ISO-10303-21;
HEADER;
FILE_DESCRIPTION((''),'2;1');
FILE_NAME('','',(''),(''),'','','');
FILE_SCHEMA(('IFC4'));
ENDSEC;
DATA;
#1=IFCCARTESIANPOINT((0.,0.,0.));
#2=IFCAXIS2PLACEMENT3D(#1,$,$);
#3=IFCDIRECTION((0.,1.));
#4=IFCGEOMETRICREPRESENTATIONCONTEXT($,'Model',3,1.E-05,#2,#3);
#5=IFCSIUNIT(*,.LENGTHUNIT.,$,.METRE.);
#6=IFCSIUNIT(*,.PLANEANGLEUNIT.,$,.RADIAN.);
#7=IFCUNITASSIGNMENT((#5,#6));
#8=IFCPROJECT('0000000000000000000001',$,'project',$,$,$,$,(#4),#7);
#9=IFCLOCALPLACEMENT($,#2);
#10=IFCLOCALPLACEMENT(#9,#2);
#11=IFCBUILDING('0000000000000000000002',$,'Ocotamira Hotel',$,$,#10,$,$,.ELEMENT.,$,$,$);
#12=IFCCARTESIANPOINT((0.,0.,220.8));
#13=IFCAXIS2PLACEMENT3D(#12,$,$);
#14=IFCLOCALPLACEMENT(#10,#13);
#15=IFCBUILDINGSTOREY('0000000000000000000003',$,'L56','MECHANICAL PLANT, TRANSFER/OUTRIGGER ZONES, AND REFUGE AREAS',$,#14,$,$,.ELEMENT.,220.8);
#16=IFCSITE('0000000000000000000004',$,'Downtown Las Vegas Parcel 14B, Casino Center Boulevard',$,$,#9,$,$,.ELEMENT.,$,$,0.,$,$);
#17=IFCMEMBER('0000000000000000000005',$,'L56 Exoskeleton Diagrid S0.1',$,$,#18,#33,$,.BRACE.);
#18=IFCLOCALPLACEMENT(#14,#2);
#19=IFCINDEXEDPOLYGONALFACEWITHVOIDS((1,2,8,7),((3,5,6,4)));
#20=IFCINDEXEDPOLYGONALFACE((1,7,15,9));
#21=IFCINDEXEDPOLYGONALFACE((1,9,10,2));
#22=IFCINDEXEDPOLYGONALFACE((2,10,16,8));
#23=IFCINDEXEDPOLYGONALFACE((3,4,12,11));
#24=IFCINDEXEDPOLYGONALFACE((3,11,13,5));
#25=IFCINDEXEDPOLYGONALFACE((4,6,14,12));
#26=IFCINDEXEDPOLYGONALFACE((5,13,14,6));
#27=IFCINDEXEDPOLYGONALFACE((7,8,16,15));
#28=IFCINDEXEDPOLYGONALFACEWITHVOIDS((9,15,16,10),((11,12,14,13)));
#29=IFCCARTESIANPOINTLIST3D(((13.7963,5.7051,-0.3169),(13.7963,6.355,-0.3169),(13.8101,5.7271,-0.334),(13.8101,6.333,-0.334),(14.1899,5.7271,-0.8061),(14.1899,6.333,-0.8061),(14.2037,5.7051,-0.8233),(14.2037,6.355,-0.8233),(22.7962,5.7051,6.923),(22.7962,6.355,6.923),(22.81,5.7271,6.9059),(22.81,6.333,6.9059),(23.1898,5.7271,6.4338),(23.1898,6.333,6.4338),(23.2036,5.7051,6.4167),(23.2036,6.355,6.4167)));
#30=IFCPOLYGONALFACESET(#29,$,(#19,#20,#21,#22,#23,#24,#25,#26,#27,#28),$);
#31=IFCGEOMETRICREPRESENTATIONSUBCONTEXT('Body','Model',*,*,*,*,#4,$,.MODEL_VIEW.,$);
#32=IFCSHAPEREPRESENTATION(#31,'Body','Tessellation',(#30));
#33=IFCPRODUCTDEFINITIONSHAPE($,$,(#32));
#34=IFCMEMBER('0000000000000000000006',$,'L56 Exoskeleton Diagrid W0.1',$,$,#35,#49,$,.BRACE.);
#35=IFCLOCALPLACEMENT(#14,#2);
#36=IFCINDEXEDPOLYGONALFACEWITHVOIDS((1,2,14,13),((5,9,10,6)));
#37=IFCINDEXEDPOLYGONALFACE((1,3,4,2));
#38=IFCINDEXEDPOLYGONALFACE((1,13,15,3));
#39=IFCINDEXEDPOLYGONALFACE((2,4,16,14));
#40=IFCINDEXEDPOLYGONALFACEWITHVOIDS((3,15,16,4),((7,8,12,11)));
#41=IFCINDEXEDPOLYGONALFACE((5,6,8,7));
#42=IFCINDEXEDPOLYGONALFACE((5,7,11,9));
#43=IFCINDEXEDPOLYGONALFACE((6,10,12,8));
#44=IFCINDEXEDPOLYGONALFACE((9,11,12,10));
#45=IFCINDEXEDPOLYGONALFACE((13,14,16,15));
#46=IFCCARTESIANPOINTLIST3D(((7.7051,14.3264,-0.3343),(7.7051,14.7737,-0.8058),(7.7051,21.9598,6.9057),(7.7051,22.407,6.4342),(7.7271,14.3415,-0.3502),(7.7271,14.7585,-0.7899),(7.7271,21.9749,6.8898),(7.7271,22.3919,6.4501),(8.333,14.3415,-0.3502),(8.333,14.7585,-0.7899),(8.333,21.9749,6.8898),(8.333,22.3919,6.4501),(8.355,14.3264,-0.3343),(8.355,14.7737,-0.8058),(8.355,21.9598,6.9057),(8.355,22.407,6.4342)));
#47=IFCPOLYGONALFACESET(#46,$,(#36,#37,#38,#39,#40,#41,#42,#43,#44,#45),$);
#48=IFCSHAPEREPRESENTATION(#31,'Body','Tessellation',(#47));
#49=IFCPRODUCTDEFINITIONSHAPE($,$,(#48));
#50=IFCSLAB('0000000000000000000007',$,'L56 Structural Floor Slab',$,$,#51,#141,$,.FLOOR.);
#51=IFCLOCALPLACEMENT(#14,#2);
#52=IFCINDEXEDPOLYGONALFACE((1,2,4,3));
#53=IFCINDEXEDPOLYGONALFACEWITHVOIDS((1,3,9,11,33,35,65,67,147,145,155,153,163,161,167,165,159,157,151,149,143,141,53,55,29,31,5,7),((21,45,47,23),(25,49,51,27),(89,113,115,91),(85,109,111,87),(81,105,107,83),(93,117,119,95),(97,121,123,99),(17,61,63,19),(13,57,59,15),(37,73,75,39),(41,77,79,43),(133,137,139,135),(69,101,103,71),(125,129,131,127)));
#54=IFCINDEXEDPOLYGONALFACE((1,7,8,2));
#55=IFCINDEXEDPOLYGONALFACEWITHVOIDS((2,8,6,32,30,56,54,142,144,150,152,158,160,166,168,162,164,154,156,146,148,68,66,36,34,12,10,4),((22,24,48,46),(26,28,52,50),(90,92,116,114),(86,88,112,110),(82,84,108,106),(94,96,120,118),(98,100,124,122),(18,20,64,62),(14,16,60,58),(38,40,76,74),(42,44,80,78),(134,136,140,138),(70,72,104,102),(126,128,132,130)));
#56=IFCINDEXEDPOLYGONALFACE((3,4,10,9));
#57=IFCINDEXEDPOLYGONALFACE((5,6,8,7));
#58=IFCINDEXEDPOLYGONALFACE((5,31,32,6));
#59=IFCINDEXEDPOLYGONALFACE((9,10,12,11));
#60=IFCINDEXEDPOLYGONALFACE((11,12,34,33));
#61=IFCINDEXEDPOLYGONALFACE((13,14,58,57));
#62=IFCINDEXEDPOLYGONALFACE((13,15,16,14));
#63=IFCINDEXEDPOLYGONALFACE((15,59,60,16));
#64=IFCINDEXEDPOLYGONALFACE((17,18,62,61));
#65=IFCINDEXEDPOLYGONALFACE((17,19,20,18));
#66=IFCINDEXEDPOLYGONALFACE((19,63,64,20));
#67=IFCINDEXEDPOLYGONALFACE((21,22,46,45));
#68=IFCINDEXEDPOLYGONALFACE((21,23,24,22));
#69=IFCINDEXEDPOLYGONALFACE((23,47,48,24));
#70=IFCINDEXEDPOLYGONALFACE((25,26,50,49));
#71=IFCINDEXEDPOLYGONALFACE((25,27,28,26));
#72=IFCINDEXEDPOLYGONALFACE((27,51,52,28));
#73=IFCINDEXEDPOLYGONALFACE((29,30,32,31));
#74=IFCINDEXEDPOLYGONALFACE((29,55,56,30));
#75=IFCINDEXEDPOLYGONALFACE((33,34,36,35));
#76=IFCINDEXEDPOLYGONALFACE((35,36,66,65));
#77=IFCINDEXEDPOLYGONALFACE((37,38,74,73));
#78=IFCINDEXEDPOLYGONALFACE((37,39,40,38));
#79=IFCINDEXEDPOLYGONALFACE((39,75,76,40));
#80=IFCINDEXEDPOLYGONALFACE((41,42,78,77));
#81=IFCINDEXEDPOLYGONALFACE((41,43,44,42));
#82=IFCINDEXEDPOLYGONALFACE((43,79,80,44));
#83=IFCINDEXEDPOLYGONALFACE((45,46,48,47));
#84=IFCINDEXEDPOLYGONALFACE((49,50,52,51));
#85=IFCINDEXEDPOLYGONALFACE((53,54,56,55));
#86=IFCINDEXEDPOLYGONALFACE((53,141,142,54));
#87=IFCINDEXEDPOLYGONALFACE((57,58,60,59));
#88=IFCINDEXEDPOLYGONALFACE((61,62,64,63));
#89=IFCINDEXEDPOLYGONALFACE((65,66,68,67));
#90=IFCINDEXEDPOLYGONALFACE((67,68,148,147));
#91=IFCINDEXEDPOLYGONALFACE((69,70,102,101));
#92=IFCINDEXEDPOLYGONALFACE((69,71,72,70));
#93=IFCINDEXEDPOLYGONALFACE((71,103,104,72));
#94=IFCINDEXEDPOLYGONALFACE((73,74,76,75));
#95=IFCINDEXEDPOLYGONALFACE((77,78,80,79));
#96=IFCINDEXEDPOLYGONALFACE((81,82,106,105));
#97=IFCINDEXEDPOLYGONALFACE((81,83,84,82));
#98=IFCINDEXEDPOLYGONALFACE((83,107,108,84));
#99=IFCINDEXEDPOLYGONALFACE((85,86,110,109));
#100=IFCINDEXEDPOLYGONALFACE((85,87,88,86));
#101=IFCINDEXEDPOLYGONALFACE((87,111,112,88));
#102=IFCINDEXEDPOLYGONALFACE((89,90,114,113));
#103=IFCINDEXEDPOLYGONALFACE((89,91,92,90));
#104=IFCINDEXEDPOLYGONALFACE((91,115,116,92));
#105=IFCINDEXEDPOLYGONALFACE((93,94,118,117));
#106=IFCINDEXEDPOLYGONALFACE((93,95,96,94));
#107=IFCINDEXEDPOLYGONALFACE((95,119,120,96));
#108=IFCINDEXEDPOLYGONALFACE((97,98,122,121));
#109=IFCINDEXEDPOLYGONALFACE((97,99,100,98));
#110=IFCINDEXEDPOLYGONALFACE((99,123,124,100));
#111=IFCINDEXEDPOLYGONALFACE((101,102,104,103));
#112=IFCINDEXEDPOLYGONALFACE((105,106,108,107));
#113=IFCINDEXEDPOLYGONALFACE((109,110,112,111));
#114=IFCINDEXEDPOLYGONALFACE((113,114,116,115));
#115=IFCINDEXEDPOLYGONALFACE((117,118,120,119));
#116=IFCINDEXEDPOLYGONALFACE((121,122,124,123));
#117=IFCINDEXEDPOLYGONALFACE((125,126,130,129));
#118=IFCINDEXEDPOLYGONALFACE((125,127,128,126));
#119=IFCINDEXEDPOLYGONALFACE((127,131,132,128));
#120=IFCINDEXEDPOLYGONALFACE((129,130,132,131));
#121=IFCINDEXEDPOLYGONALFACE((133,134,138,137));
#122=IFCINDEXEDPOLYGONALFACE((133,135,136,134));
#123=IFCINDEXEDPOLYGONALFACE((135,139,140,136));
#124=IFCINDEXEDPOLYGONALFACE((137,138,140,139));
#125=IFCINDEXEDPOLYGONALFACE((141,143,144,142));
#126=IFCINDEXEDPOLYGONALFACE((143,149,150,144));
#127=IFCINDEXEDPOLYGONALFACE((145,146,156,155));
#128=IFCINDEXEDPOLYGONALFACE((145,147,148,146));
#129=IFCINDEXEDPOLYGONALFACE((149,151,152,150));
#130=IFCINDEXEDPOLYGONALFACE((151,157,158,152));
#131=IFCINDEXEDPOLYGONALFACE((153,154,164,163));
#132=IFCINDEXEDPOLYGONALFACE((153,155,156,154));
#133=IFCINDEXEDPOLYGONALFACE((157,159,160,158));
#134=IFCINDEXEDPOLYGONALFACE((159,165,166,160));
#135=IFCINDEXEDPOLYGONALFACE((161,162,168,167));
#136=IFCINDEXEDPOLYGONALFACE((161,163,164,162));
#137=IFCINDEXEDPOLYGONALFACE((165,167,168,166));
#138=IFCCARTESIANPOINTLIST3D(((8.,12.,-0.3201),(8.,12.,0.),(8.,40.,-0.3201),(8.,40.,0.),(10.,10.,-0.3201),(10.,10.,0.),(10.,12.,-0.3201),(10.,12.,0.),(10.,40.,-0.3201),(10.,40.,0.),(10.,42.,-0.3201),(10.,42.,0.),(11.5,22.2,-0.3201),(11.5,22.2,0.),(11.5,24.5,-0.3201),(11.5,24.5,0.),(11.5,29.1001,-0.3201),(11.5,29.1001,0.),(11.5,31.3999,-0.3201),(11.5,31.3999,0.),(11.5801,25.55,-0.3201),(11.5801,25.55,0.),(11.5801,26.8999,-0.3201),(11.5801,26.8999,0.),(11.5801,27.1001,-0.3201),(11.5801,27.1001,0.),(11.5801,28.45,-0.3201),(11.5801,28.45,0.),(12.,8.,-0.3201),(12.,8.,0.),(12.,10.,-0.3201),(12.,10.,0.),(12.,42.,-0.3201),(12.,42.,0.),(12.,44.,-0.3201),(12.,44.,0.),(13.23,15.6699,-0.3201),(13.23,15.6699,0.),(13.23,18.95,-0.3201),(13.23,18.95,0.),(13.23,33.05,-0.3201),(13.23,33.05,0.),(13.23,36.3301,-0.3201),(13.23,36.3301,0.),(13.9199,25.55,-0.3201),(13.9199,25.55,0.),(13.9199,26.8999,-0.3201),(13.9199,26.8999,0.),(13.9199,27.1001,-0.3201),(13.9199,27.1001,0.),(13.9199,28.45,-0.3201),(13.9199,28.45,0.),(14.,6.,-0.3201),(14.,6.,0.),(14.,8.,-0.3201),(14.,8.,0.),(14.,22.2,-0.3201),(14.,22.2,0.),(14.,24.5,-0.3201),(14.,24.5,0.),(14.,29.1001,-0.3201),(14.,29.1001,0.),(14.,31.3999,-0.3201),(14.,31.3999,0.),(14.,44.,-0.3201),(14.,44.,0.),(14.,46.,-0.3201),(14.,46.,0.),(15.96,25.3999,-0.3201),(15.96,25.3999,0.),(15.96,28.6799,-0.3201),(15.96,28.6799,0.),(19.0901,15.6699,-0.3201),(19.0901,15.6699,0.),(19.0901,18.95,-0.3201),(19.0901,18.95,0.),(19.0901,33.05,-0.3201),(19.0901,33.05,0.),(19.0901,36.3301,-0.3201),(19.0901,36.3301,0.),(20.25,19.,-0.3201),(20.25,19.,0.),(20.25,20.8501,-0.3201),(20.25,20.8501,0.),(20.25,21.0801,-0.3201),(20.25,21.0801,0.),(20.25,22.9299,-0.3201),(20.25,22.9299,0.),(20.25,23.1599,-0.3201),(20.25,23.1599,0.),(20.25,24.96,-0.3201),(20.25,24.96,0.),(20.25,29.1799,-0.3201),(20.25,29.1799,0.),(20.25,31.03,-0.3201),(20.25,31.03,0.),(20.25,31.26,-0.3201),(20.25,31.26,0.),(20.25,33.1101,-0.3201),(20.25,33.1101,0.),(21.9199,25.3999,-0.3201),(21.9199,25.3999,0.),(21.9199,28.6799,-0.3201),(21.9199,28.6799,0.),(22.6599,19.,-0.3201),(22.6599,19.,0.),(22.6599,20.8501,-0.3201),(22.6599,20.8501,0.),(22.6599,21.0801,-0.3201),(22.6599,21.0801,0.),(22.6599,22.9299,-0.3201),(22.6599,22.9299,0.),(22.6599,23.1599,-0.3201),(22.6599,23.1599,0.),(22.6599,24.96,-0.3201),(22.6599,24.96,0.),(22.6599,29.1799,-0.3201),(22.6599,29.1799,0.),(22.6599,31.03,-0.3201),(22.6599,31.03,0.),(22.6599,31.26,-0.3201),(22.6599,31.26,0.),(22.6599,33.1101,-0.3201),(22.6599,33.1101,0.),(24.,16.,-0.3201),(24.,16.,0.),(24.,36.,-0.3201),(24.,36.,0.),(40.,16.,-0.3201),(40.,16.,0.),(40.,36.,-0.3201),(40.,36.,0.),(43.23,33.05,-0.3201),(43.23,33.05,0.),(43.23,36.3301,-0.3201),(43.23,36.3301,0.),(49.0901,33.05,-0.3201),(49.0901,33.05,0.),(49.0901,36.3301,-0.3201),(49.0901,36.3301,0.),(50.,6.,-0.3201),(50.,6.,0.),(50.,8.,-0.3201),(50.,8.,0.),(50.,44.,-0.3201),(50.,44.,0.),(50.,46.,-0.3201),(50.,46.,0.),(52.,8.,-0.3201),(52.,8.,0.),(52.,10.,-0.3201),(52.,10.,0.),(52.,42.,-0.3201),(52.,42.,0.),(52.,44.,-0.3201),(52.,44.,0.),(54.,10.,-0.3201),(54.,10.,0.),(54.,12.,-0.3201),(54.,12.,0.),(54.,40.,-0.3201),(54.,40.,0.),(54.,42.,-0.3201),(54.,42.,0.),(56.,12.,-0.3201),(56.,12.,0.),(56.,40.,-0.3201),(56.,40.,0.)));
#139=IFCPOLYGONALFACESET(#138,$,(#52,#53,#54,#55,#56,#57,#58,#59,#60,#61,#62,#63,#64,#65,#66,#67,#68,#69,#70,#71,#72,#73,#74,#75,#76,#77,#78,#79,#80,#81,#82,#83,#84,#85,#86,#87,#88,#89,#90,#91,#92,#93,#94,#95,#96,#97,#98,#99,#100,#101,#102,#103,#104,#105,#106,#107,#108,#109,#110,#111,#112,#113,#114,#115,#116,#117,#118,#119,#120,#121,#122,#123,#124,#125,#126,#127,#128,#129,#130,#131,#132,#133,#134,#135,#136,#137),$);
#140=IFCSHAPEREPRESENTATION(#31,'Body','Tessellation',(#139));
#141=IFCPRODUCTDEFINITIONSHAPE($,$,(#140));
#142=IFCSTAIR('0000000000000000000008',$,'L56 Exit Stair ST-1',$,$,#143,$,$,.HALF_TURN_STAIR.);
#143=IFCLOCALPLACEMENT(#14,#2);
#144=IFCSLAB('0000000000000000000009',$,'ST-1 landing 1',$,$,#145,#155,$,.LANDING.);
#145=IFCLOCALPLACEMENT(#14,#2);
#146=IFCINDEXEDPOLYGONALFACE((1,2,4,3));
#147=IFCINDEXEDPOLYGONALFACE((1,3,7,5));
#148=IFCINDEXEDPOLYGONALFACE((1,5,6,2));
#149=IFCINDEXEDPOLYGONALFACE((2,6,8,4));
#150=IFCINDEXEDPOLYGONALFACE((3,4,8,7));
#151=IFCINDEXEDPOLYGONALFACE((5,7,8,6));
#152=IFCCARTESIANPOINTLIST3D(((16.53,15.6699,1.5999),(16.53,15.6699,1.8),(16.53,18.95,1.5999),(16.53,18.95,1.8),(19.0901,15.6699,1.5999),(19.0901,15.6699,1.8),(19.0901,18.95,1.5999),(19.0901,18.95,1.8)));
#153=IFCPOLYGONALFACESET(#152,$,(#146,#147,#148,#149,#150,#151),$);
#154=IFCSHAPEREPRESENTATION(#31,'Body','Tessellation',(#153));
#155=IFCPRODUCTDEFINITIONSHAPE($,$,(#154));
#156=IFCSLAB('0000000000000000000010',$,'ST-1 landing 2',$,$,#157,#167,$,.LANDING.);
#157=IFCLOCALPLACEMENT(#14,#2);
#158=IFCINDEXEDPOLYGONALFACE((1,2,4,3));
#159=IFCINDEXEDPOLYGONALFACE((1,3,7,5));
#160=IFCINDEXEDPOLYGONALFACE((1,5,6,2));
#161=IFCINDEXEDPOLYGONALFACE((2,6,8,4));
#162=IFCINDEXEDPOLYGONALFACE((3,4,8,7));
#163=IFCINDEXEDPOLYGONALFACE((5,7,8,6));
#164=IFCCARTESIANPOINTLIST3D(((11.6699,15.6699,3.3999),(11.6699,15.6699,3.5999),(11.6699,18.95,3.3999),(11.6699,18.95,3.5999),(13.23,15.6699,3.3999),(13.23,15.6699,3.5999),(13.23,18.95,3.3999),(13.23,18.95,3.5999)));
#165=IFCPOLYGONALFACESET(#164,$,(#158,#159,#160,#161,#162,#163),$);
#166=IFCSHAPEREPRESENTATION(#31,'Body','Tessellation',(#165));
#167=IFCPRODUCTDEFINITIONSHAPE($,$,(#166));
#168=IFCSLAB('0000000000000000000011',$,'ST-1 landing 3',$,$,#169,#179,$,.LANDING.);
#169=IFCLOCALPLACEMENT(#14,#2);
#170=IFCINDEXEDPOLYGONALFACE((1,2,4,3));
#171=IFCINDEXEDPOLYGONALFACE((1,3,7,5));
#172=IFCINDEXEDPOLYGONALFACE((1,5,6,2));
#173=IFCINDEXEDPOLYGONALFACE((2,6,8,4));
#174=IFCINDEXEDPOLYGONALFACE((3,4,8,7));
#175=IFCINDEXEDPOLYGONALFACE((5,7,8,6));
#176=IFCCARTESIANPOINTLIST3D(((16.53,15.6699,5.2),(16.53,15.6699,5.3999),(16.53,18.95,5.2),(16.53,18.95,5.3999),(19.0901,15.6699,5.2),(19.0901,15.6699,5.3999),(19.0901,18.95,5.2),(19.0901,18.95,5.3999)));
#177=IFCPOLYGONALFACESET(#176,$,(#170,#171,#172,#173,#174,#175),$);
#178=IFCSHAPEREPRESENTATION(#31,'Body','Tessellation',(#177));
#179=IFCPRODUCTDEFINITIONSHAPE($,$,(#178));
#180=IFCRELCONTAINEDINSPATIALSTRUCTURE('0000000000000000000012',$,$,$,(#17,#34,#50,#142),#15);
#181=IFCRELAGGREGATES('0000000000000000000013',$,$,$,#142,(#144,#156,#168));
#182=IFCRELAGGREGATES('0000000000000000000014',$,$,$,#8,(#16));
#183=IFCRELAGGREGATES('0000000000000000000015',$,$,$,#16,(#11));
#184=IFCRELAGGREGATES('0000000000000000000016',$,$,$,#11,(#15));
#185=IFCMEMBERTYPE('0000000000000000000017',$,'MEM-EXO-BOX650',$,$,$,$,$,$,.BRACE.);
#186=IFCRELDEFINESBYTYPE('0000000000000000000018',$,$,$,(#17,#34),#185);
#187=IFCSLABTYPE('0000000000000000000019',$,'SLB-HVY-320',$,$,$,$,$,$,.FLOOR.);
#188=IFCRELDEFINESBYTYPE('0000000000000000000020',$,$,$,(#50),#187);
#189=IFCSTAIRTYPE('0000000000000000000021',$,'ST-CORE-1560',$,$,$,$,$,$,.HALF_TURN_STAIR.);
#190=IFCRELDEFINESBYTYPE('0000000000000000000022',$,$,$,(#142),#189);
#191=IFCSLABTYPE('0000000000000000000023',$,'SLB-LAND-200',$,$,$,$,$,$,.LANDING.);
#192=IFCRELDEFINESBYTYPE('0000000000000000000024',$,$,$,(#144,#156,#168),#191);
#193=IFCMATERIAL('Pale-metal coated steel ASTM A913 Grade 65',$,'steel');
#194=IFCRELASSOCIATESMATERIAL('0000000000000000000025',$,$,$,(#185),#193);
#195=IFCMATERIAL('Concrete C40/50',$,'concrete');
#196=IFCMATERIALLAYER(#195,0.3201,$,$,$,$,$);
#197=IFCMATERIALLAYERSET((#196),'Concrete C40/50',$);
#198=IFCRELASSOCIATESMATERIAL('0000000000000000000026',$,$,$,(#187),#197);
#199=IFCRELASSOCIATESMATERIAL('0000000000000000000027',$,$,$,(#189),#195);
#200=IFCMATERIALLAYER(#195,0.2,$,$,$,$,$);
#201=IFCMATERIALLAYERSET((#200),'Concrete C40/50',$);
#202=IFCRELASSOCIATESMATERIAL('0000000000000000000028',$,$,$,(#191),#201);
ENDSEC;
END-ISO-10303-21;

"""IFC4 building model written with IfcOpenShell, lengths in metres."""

from ifc_helpers import new_model, si_unit, direction, frame, origin, origin_2d, place, context, subcontext, project, spatial, polyline, hollow_rectangle, outline, extrude, source, transform, mapped, material, layer, layer_set, material_profile, profile_set, type_object, element, aggregate, save


model = new_model("IFC4")

# Units and contexts
model_context = context("Model", 3, precision=1e-05, world=origin(), true_north=direction((0.0, 1.0)))
body_context = subcontext(model_context, "Body", "Model", "MODEL_VIEW")
ifc_project = project(units=[si_unit("LENGTHUNIT", "METRE"), si_unit("PLANEANGLEUNIT", "RADIAN")], contexts=[model_context])

# Site, building, storey
site_placement = place(None, origin())
site = spatial("IfcSite", under=ifc_project, at=site_placement, Name="Downtown Las Vegas Parcel 14B, Casino Center Boulevard", CompositionType="ELEMENT", RefElevation=0.0)
building_placement = place(site_placement, origin())
building = spatial("IfcBuilding", under=site, at=building_placement, Name="Ocotamira Hotel", CompositionType="ELEMENT")
storey_placement = place(building_placement, frame((0.0, 0.0, 220.8)))
storey = spatial("IfcBuildingStorey", under=building, at=storey_placement, Name="L56", Description="MECHANICAL PLANT, TRANSFER/OUTRIGGER ZONES, AND REFUGE AREAS", CompositionType="ELEMENT", Elevation=220.8)

# Members
ifc_material_1 = material(Name="Pale-metal coated steel ASTM A913 Grade 65", Category="steel")
ifc_material_profile_1 = material_profile(ifc_material_1, hollow_rectangle(XDim=0.6499, YDim=0.6499, WallThickness=0.022, at=origin_2d()), Name="BOX650X650X22")
ifc_profile_set_1 = profile_set([ifc_material_profile_1], Name="Pale-metal coated steel ASTM A913 Grade 65")
member_type = type_object("IfcMemberType", Name="MEM-EXO-BOX650", PredefinedType="BRACE", material=ifc_profile_set_1)
shared_shape_1 = source(origin(), body_context, "Body", "SweptSolid", [
    extrude(hollow_rectangle(XDim=0.6499, YDim=0.6499, WallThickness=0.022, at=origin_2d()), origin(), (0.0, 0.0, 1.0), 11.5505),
])
member_1_placement = place(storey_placement, frame((14.0, 6.03, -0.5701), z_axis=(0.779177, 0.0, 0.626804), x_axis=(0.0, 1.0, 0.0)))
element("IfcMember", 1, at=member_1_placement, inside=storey, type_object=member_type, Name="L56 Exoskeleton Diagrid S0.1", PredefinedType="BRACE", context=body_context, shape_type="MappedRepresentation", body=[
    mapped(shared_shape_1, transform((0.0, 0.0, 0.0), scale=1.0)),
])
shared_shape_2 = source(origin(), body_context, "Body", "SweptSolid", [
    extrude(hollow_rectangle(XDim=0.6499, YDim=0.6499, WallThickness=0.022, at=origin_2d()), origin(), (0.0, 0.0, 1.0), 10.5208),
])
member_2_placement = place(storey_placement, frame((8.03, 14.55, -0.5701), z_axis=(0.0, 0.725552, 0.688167), x_axis=(-1.0, 0.0, 0.0)))
element("IfcMember", 2, at=member_2_placement, inside=storey, type_object=member_type, Name="L56 Exoskeleton Diagrid W0.1", PredefinedType="BRACE", context=body_context, shape_type="MappedRepresentation", body=[
    mapped(shared_shape_2, transform((0.0, 0.0, 0.0), scale=1.0)),
])

# Slab
ifc_material_2 = material(Name="Concrete C40/50", Category="concrete")
ifc_layer_1 = layer(ifc_material_2, 0.3201)
ifc_layer_set_1 = layer_set([ifc_layer_1], Name="Concrete C40/50")
slab_type_1 = type_object("IfcSlabType", Name="SLB-HVY-320", PredefinedType="FLOOR", material=ifc_layer_set_1)
slab_1_placement = place(storey_placement, frame((0.0, 0.0, -0.3201)))
element("IfcSlab", 3, at=slab_1_placement, inside=storey, type_object=slab_type_1, Name="L56 Structural Floor Slab", PredefinedType="FLOOR", context=body_context, shape_type="SweptSolid", body=[
    extrude(outline(polyline([(14.0, 6.0), (50.0, 6.0), (50.0, 8.0), (52.0, 8.0), (52.0, 10.0), (54.0, 10.0), (54.0, 12.0), (56.0, 12.0), (56.0, 40.0), (54.0, 40.0), (54.0, 42.0), (52.0, 42.0), (52.0, 44.0), (50.0, 44.0), (50.0, 46.0), (14.0, 46.0), (14.0, 44.0), (12.0, 44.0), (12.0, 42.0), (10.0, 42.0), (10.0, 40.0), (8.0, 40.0), (8.0, 12.0), (10.0, 12.0), (10.0, 10.0), (12.0, 10.0), (12.0, 8.0), (14.0, 8.0), (14.0, 6.0)]), holes=[polyline([(24.0, 16.0), (40.0, 16.0), (40.0, 36.0), (24.0, 36.0), (24.0, 16.0)]), polyline([(13.23, 15.6699), (19.0901, 15.6699), (19.0901, 18.95), (13.23, 18.95), (13.23, 15.6699)]), polyline([(13.23, 33.05), (19.0901, 33.05), (19.0901, 36.3301), (13.23, 36.3301), (13.23, 33.05)]), polyline([(15.96, 25.3999), (21.9199, 25.3999), (21.9199, 28.6799), (15.96, 28.6799), (15.96, 25.3999)]), polyline([(43.23, 33.05), (49.0901, 33.05), (49.0901, 36.3301), (43.23, 36.3301), (43.23, 33.05)]), polyline([(20.25, 19.0), (22.6599, 19.0), (22.6599, 20.8501), (20.25, 20.8501), (20.25, 19.0)]), polyline([(20.25, 21.0801), (22.6599, 21.0801), (22.6599, 22.9299), (20.25, 22.9299), (20.25, 21.0801)]), polyline([(20.25, 23.1599), (22.6599, 23.1599), (22.6599, 24.96), (20.25, 24.96), (20.25, 23.1599)]), polyline([(20.25, 29.1799), (22.6599, 29.1799), (22.6599, 31.03), (20.25, 31.03), (20.25, 29.1799)]), polyline([(20.25, 31.26), (22.6599, 31.26), (22.6599, 33.1101), (20.25, 33.1101), (20.25, 31.26)]), polyline([(11.5, 22.2), (14.0, 22.2), (14.0, 24.5), (11.5, 24.5), (11.5, 22.2)]), polyline([(11.5, 29.1001), (14.0, 29.1001), (14.0, 31.3999), (11.5, 31.3999), (11.5, 29.1001)]), polyline([(11.5801, 25.55), (13.9199, 25.55), (13.9199, 26.8999), (11.5801, 26.8999), (11.5801, 25.55)]), polyline([(11.5801, 27.1001), (13.9199, 27.1001), (13.9199, 28.45), (11.5801, 28.45), (11.5801, 27.1001)])]), origin(), (0.0, 0.0, 1.0), 0.3201),
])

# Stair, slabs
stair_type = type_object("IfcStairType", Name="ST-CORE-1560", PredefinedType="HALF_TURN_STAIR", material=ifc_material_2)
stair_1_placement = place(storey_placement, origin())
stair_1 = element("IfcStair", 4, at=stair_1_placement, inside=storey, type_object=stair_type, Name="L56 Exit Stair ST-1", PredefinedType="HALF_TURN_STAIR")
ifc_layer_2 = layer(ifc_material_2, 0.2)
ifc_layer_set_2 = layer_set([ifc_layer_2], Name="Concrete C40/50")
slab_type_2 = type_object("IfcSlabType", Name="SLB-LAND-200", PredefinedType="LANDING", material=ifc_layer_set_2)
slab_2_placement = place(storey_placement, frame((0.0, 0.0, 1.5999)))
slab_2 = element("IfcSlab", 5, at=slab_2_placement, type_object=slab_type_2, Name="ST-1 landing 1", PredefinedType="LANDING", context=body_context, shape_type="SweptSolid", body=[
    extrude(outline(polyline([(16.53, 15.6699), (19.0901, 15.6699), (19.0901, 18.95), (16.53, 18.95), (16.53, 15.6699)])), origin(), (0.0, 0.0, 1.0), 0.2002),
])
slab_3_placement = place(storey_placement, frame((0.0, 0.0, 3.3999)))
slab_3 = element("IfcSlab", 6, at=slab_3_placement, type_object=slab_type_2, Name="ST-1 landing 2", PredefinedType="LANDING", context=body_context, shape_type="SweptSolid", body=[
    extrude(outline(polyline([(11.6699, 15.6699), (13.23, 15.6699), (13.23, 18.95), (11.6699, 18.95), (11.6699, 15.6699)])), origin(), (0.0, 0.0, 1.0), 0.2),
])
slab_4_placement = place(storey_placement, frame((0.0, 0.0, 5.2)))
slab_4 = element("IfcSlab", 7, at=slab_4_placement, type_object=slab_type_2, Name="ST-1 landing 3", PredefinedType="LANDING", context=body_context, shape_type="SweptSolid", body=[
    extrude(outline(polyline([(16.53, 15.6699), (19.0901, 15.6699), (19.0901, 18.95), (16.53, 18.95), (16.53, 15.6699)])), origin(), (0.0, 0.0, 1.0), 0.2),
])
aggregate(stair_1, [slab_2, slab_3, slab_4])

save(model, "model.ifc")
